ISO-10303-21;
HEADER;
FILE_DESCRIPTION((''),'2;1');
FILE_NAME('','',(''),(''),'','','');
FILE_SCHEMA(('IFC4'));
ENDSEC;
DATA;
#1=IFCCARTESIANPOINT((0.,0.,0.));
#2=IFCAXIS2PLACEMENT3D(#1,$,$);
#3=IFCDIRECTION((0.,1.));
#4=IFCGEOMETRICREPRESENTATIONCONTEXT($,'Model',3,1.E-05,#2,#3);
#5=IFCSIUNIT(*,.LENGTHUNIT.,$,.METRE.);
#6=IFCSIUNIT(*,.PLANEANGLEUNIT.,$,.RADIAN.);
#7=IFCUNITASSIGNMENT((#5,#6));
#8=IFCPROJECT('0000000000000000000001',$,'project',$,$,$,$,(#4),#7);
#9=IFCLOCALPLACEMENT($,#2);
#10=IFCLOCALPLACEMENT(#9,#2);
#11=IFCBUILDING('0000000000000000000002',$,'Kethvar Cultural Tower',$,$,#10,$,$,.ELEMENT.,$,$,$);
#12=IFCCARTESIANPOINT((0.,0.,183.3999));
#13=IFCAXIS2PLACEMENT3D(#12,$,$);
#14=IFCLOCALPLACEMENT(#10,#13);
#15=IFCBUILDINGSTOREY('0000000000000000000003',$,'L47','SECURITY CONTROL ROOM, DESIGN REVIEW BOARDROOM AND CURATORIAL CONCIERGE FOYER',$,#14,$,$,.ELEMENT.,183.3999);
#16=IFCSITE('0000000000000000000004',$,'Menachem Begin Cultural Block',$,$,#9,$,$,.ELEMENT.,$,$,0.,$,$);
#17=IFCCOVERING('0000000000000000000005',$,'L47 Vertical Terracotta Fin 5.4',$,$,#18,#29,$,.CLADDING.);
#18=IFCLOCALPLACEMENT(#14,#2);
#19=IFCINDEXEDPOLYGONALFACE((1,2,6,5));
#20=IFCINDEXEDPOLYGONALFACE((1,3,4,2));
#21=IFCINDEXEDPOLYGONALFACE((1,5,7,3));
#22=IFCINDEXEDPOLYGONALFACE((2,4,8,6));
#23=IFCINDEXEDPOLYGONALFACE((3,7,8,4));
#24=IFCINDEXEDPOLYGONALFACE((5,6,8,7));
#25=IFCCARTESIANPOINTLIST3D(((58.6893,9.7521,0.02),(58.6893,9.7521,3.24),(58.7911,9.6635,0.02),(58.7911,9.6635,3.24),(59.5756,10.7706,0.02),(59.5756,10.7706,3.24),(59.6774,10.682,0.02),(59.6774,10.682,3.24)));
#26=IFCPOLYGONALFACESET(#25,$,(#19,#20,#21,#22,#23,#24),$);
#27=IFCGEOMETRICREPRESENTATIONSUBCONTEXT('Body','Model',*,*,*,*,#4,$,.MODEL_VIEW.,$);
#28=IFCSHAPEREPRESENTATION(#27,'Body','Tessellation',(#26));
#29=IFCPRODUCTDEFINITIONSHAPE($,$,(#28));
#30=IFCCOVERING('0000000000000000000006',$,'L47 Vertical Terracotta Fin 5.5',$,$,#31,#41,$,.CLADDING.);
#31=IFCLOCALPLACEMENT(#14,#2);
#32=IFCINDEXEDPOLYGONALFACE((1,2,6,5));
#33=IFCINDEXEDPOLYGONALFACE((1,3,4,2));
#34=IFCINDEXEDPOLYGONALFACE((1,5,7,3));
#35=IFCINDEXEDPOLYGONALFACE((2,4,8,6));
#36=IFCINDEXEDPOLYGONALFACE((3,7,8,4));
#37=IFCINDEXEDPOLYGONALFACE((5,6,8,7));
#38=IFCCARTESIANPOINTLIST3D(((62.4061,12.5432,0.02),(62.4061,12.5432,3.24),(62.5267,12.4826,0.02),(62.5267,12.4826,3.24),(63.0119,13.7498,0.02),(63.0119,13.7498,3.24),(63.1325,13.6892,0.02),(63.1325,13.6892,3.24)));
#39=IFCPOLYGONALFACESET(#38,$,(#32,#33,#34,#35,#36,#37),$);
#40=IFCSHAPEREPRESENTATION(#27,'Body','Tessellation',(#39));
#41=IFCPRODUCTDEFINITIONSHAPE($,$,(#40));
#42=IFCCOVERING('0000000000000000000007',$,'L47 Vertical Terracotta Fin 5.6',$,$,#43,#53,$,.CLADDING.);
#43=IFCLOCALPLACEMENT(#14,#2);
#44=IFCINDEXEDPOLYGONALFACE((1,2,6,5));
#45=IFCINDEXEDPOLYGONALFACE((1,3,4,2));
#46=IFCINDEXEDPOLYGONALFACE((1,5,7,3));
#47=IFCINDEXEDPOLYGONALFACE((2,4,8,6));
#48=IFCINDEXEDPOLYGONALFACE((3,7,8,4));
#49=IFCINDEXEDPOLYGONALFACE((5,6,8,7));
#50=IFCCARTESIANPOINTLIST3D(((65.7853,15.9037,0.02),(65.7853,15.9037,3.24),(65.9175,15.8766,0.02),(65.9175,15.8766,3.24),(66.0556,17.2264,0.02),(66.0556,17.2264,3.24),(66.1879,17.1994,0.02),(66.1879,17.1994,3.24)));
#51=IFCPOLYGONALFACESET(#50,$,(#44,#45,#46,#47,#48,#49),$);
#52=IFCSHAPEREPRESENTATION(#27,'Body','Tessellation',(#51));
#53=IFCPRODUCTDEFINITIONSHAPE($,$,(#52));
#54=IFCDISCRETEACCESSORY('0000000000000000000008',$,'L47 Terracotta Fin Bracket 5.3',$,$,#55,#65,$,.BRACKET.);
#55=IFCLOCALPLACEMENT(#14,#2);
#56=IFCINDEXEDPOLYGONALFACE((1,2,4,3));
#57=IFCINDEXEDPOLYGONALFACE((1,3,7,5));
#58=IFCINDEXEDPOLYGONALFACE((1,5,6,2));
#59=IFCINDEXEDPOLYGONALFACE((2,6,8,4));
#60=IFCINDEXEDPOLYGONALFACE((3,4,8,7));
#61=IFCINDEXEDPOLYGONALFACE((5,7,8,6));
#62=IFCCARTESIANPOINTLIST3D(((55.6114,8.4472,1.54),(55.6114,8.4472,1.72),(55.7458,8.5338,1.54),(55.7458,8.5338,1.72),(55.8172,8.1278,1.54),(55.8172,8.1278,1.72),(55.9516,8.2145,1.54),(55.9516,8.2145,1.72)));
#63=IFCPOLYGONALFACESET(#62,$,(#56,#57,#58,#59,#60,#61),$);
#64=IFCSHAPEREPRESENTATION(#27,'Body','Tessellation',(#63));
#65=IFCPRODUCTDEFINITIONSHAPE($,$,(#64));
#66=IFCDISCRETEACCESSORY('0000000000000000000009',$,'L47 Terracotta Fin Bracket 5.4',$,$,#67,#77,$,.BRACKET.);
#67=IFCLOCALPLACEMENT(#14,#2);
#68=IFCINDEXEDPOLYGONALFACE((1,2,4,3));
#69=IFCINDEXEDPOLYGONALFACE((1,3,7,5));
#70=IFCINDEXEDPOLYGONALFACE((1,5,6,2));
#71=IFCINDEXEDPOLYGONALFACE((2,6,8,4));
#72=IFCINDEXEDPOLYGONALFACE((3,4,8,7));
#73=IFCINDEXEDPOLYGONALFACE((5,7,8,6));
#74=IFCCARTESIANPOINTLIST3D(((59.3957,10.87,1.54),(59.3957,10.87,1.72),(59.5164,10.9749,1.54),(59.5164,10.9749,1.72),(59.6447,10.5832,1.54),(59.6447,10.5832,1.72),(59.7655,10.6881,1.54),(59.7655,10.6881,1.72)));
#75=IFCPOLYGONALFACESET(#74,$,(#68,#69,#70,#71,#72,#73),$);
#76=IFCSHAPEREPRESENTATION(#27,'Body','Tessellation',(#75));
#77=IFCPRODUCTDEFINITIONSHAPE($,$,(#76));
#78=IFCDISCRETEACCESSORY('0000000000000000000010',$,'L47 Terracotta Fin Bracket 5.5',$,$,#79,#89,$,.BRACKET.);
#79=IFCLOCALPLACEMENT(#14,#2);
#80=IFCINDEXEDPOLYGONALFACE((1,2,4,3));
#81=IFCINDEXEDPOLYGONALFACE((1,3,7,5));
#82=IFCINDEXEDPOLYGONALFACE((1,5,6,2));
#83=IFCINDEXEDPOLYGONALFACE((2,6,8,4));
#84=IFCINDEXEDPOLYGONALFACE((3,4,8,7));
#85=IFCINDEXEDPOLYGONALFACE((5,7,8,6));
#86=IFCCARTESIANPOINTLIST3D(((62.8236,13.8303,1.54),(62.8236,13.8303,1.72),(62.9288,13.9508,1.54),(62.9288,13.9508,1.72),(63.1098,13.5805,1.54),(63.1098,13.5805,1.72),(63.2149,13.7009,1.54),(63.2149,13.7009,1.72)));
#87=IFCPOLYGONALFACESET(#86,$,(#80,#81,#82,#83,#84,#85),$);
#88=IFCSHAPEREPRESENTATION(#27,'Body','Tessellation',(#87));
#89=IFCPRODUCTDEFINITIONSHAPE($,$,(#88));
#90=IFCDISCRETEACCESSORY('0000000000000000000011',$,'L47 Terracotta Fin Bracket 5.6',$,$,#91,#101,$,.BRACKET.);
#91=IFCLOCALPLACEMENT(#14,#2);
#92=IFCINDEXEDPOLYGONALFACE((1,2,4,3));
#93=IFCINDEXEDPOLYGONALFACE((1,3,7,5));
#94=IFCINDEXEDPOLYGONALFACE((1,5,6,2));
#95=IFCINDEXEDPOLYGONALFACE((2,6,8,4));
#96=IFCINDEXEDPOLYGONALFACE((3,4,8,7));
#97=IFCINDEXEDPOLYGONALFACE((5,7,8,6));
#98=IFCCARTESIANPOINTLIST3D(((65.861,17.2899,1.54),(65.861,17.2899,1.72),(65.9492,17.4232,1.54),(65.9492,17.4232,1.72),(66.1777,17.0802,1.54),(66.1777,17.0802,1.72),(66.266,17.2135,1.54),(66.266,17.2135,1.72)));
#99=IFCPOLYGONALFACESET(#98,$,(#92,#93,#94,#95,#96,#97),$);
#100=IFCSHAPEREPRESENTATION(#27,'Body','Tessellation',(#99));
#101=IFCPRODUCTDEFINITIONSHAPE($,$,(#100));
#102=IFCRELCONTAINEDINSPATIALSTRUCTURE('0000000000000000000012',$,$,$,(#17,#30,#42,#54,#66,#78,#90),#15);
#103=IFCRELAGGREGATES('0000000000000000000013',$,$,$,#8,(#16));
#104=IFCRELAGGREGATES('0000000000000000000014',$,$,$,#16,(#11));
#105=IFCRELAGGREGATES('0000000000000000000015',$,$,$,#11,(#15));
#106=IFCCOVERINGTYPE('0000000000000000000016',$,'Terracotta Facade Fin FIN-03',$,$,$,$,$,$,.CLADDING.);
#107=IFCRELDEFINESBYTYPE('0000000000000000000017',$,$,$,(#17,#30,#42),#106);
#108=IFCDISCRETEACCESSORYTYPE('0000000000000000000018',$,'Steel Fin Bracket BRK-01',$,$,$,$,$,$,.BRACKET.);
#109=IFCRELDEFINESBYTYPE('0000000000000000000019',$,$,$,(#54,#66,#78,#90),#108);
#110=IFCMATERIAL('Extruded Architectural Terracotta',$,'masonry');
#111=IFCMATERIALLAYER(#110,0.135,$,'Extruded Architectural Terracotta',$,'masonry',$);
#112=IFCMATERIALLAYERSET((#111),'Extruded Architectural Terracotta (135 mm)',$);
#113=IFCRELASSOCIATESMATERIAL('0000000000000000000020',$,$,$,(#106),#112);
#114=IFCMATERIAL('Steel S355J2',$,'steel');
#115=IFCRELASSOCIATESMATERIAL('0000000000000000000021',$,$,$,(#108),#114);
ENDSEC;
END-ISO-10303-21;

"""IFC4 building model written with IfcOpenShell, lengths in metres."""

from ifc_helpers import new_model, si_unit, direction, frame, origin, origin_2d, place, context, subcontext, project, spatial, rectangle, extrude, source, transform, mapped, material, layer, layer_set, type_object, element, save


model = new_model("IFC4")

# Units and contexts
model_context = context("Model", 3, precision=1e-05, world=origin(), true_north=direction((0.0, 1.0)))
body_context = subcontext(model_context, "Body", "Model", "MODEL_VIEW")
ifc_project = project(units=[si_unit("LENGTHUNIT", "METRE"), si_unit("PLANEANGLEUNIT", "RADIAN")], contexts=[model_context])

# Site, building, storey
site_placement = place(None, origin())
site = spatial("IfcSite", under=ifc_project, at=site_placement, Name="Menachem Begin Cultural Block", CompositionType="ELEMENT", RefElevation=0.0)
building_placement = place(site_placement, origin())
building = spatial("IfcBuilding", under=site, at=building_placement, Name="Kethvar Cultural Tower", CompositionType="ELEMENT")
storey_placement = place(building_placement, frame((0.0, 0.0, 183.3999)))
storey = spatial("IfcBuildingStorey", under=building, at=storey_placement, Name="L47", Description="SECURITY CONTROL ROOM, DESIGN REVIEW BOARDROOM AND CURATORIAL CONCIERGE FOYER", CompositionType="ELEMENT", Elevation=183.3999)

# Shared definitions
ifc_material_1 = material(Name="Steel S355J2", Category="steel")

# Coverings
ifc_material_2 = material(Name="Extruded Architectural Terracotta", Category="masonry")
ifc_layer_1 = layer(ifc_material_2, 0.135, Name="Extruded Architectural Terracotta", Category="masonry")
ifc_layer_set_1 = layer_set([ifc_layer_1], Name="Extruded Architectural Terracotta (135 mm)")
covering_type = type_object("IfcCoveringType", Name="Terracotta Facade Fin FIN-03", PredefinedType="CLADDING", material=ifc_layer_set_1)
shared_shape_1 = source(origin(), body_context, "Body", "SweptSolid", [
    extrude(rectangle(XDim=1.3501, YDim=0.135, at=origin_2d()), origin(), (0.0, 0.0, 1.0), 3.22),
])
for number, where, z_axis, x_axis, name in (
    (1, (59.1833, 10.217, 0.02), (0.0, 0.0, 1.0), (-0.656454, -0.754366, 0.0), "L47 Vertical Terracotta Fin 5.4"),
    (2, (62.7693, 13.1162, 0.02), (0.0, 0.0, 1.0), (-0.448695, -0.893685, 0.0), "L47 Vertical Terracotta Fin 5.5"),
    (3, (65.9866, 16.5515, 0.02), (0.0, 0.0, 1.0), (-0.200223, -0.97975, 0.0), "L47 Vertical Terracotta Fin 5.6"),
):
    element("IfcCovering", number, at=place(storey_placement, frame(where, z_axis=z_axis, x_axis=x_axis)), inside=storey, type_object=covering_type, Name=name, PredefinedType="CLADDING", context=body_context, shape_type="MappedRepresentation", body=[
        mapped(shared_shape_1, transform((0.0, 0.0, 0.0), scale=1.0)),
    ])

# Discrete accessories
discrete_accessory_type = type_object("IfcDiscreteAccessoryType", Name="Steel Fin Bracket BRK-01", PredefinedType="BRACKET", material=ifc_material_1)
shared_shape_2 = source(origin(), body_context, "Body", "SweptSolid", [
    extrude(rectangle(XDim=0.3799, YDim=0.1599, at=origin_2d()), origin(), (0.0, 0.0, 1.0), 0.1799),
])
for number, where, z_axis, x_axis, name in (
    (4, (55.7815, 8.3308, 1.54), (0.0, 0.0, 1.0), (0.541708, -0.840567, 0.0), "L47 Terracotta Fin Bracket 5.3"),
    (5, (59.5806, 10.7791, 1.54), (0.0, 0.0, 1.0), (0.655664, -0.755053, 0.0), "L47 Terracotta Fin Bracket 5.4"),
    (6, (63.0193, 13.7656, 1.54), (0.0, 0.0, 1.0), (0.753219, -0.65777, 0.0), "L47 Terracotta Fin Bracket 5.5"),
    (7, (66.0635, 17.2517, 1.54), (0.0, 0.0, 1.0), (0.833789, -0.552083, 0.0), "L47 Terracotta Fin Bracket 5.6"),
):
    element("IfcDiscreteAccessory", number, at=place(storey_placement, frame(where, z_axis=z_axis, x_axis=x_axis)), inside=storey, type_object=discrete_accessory_type, Name=name, PredefinedType="BRACKET", context=body_context, shape_type="MappedRepresentation", body=[
        mapped(shared_shape_2, transform((0.0, 0.0, 0.0), scale=1.0)),
    ])

save(model, "model.ifc")
